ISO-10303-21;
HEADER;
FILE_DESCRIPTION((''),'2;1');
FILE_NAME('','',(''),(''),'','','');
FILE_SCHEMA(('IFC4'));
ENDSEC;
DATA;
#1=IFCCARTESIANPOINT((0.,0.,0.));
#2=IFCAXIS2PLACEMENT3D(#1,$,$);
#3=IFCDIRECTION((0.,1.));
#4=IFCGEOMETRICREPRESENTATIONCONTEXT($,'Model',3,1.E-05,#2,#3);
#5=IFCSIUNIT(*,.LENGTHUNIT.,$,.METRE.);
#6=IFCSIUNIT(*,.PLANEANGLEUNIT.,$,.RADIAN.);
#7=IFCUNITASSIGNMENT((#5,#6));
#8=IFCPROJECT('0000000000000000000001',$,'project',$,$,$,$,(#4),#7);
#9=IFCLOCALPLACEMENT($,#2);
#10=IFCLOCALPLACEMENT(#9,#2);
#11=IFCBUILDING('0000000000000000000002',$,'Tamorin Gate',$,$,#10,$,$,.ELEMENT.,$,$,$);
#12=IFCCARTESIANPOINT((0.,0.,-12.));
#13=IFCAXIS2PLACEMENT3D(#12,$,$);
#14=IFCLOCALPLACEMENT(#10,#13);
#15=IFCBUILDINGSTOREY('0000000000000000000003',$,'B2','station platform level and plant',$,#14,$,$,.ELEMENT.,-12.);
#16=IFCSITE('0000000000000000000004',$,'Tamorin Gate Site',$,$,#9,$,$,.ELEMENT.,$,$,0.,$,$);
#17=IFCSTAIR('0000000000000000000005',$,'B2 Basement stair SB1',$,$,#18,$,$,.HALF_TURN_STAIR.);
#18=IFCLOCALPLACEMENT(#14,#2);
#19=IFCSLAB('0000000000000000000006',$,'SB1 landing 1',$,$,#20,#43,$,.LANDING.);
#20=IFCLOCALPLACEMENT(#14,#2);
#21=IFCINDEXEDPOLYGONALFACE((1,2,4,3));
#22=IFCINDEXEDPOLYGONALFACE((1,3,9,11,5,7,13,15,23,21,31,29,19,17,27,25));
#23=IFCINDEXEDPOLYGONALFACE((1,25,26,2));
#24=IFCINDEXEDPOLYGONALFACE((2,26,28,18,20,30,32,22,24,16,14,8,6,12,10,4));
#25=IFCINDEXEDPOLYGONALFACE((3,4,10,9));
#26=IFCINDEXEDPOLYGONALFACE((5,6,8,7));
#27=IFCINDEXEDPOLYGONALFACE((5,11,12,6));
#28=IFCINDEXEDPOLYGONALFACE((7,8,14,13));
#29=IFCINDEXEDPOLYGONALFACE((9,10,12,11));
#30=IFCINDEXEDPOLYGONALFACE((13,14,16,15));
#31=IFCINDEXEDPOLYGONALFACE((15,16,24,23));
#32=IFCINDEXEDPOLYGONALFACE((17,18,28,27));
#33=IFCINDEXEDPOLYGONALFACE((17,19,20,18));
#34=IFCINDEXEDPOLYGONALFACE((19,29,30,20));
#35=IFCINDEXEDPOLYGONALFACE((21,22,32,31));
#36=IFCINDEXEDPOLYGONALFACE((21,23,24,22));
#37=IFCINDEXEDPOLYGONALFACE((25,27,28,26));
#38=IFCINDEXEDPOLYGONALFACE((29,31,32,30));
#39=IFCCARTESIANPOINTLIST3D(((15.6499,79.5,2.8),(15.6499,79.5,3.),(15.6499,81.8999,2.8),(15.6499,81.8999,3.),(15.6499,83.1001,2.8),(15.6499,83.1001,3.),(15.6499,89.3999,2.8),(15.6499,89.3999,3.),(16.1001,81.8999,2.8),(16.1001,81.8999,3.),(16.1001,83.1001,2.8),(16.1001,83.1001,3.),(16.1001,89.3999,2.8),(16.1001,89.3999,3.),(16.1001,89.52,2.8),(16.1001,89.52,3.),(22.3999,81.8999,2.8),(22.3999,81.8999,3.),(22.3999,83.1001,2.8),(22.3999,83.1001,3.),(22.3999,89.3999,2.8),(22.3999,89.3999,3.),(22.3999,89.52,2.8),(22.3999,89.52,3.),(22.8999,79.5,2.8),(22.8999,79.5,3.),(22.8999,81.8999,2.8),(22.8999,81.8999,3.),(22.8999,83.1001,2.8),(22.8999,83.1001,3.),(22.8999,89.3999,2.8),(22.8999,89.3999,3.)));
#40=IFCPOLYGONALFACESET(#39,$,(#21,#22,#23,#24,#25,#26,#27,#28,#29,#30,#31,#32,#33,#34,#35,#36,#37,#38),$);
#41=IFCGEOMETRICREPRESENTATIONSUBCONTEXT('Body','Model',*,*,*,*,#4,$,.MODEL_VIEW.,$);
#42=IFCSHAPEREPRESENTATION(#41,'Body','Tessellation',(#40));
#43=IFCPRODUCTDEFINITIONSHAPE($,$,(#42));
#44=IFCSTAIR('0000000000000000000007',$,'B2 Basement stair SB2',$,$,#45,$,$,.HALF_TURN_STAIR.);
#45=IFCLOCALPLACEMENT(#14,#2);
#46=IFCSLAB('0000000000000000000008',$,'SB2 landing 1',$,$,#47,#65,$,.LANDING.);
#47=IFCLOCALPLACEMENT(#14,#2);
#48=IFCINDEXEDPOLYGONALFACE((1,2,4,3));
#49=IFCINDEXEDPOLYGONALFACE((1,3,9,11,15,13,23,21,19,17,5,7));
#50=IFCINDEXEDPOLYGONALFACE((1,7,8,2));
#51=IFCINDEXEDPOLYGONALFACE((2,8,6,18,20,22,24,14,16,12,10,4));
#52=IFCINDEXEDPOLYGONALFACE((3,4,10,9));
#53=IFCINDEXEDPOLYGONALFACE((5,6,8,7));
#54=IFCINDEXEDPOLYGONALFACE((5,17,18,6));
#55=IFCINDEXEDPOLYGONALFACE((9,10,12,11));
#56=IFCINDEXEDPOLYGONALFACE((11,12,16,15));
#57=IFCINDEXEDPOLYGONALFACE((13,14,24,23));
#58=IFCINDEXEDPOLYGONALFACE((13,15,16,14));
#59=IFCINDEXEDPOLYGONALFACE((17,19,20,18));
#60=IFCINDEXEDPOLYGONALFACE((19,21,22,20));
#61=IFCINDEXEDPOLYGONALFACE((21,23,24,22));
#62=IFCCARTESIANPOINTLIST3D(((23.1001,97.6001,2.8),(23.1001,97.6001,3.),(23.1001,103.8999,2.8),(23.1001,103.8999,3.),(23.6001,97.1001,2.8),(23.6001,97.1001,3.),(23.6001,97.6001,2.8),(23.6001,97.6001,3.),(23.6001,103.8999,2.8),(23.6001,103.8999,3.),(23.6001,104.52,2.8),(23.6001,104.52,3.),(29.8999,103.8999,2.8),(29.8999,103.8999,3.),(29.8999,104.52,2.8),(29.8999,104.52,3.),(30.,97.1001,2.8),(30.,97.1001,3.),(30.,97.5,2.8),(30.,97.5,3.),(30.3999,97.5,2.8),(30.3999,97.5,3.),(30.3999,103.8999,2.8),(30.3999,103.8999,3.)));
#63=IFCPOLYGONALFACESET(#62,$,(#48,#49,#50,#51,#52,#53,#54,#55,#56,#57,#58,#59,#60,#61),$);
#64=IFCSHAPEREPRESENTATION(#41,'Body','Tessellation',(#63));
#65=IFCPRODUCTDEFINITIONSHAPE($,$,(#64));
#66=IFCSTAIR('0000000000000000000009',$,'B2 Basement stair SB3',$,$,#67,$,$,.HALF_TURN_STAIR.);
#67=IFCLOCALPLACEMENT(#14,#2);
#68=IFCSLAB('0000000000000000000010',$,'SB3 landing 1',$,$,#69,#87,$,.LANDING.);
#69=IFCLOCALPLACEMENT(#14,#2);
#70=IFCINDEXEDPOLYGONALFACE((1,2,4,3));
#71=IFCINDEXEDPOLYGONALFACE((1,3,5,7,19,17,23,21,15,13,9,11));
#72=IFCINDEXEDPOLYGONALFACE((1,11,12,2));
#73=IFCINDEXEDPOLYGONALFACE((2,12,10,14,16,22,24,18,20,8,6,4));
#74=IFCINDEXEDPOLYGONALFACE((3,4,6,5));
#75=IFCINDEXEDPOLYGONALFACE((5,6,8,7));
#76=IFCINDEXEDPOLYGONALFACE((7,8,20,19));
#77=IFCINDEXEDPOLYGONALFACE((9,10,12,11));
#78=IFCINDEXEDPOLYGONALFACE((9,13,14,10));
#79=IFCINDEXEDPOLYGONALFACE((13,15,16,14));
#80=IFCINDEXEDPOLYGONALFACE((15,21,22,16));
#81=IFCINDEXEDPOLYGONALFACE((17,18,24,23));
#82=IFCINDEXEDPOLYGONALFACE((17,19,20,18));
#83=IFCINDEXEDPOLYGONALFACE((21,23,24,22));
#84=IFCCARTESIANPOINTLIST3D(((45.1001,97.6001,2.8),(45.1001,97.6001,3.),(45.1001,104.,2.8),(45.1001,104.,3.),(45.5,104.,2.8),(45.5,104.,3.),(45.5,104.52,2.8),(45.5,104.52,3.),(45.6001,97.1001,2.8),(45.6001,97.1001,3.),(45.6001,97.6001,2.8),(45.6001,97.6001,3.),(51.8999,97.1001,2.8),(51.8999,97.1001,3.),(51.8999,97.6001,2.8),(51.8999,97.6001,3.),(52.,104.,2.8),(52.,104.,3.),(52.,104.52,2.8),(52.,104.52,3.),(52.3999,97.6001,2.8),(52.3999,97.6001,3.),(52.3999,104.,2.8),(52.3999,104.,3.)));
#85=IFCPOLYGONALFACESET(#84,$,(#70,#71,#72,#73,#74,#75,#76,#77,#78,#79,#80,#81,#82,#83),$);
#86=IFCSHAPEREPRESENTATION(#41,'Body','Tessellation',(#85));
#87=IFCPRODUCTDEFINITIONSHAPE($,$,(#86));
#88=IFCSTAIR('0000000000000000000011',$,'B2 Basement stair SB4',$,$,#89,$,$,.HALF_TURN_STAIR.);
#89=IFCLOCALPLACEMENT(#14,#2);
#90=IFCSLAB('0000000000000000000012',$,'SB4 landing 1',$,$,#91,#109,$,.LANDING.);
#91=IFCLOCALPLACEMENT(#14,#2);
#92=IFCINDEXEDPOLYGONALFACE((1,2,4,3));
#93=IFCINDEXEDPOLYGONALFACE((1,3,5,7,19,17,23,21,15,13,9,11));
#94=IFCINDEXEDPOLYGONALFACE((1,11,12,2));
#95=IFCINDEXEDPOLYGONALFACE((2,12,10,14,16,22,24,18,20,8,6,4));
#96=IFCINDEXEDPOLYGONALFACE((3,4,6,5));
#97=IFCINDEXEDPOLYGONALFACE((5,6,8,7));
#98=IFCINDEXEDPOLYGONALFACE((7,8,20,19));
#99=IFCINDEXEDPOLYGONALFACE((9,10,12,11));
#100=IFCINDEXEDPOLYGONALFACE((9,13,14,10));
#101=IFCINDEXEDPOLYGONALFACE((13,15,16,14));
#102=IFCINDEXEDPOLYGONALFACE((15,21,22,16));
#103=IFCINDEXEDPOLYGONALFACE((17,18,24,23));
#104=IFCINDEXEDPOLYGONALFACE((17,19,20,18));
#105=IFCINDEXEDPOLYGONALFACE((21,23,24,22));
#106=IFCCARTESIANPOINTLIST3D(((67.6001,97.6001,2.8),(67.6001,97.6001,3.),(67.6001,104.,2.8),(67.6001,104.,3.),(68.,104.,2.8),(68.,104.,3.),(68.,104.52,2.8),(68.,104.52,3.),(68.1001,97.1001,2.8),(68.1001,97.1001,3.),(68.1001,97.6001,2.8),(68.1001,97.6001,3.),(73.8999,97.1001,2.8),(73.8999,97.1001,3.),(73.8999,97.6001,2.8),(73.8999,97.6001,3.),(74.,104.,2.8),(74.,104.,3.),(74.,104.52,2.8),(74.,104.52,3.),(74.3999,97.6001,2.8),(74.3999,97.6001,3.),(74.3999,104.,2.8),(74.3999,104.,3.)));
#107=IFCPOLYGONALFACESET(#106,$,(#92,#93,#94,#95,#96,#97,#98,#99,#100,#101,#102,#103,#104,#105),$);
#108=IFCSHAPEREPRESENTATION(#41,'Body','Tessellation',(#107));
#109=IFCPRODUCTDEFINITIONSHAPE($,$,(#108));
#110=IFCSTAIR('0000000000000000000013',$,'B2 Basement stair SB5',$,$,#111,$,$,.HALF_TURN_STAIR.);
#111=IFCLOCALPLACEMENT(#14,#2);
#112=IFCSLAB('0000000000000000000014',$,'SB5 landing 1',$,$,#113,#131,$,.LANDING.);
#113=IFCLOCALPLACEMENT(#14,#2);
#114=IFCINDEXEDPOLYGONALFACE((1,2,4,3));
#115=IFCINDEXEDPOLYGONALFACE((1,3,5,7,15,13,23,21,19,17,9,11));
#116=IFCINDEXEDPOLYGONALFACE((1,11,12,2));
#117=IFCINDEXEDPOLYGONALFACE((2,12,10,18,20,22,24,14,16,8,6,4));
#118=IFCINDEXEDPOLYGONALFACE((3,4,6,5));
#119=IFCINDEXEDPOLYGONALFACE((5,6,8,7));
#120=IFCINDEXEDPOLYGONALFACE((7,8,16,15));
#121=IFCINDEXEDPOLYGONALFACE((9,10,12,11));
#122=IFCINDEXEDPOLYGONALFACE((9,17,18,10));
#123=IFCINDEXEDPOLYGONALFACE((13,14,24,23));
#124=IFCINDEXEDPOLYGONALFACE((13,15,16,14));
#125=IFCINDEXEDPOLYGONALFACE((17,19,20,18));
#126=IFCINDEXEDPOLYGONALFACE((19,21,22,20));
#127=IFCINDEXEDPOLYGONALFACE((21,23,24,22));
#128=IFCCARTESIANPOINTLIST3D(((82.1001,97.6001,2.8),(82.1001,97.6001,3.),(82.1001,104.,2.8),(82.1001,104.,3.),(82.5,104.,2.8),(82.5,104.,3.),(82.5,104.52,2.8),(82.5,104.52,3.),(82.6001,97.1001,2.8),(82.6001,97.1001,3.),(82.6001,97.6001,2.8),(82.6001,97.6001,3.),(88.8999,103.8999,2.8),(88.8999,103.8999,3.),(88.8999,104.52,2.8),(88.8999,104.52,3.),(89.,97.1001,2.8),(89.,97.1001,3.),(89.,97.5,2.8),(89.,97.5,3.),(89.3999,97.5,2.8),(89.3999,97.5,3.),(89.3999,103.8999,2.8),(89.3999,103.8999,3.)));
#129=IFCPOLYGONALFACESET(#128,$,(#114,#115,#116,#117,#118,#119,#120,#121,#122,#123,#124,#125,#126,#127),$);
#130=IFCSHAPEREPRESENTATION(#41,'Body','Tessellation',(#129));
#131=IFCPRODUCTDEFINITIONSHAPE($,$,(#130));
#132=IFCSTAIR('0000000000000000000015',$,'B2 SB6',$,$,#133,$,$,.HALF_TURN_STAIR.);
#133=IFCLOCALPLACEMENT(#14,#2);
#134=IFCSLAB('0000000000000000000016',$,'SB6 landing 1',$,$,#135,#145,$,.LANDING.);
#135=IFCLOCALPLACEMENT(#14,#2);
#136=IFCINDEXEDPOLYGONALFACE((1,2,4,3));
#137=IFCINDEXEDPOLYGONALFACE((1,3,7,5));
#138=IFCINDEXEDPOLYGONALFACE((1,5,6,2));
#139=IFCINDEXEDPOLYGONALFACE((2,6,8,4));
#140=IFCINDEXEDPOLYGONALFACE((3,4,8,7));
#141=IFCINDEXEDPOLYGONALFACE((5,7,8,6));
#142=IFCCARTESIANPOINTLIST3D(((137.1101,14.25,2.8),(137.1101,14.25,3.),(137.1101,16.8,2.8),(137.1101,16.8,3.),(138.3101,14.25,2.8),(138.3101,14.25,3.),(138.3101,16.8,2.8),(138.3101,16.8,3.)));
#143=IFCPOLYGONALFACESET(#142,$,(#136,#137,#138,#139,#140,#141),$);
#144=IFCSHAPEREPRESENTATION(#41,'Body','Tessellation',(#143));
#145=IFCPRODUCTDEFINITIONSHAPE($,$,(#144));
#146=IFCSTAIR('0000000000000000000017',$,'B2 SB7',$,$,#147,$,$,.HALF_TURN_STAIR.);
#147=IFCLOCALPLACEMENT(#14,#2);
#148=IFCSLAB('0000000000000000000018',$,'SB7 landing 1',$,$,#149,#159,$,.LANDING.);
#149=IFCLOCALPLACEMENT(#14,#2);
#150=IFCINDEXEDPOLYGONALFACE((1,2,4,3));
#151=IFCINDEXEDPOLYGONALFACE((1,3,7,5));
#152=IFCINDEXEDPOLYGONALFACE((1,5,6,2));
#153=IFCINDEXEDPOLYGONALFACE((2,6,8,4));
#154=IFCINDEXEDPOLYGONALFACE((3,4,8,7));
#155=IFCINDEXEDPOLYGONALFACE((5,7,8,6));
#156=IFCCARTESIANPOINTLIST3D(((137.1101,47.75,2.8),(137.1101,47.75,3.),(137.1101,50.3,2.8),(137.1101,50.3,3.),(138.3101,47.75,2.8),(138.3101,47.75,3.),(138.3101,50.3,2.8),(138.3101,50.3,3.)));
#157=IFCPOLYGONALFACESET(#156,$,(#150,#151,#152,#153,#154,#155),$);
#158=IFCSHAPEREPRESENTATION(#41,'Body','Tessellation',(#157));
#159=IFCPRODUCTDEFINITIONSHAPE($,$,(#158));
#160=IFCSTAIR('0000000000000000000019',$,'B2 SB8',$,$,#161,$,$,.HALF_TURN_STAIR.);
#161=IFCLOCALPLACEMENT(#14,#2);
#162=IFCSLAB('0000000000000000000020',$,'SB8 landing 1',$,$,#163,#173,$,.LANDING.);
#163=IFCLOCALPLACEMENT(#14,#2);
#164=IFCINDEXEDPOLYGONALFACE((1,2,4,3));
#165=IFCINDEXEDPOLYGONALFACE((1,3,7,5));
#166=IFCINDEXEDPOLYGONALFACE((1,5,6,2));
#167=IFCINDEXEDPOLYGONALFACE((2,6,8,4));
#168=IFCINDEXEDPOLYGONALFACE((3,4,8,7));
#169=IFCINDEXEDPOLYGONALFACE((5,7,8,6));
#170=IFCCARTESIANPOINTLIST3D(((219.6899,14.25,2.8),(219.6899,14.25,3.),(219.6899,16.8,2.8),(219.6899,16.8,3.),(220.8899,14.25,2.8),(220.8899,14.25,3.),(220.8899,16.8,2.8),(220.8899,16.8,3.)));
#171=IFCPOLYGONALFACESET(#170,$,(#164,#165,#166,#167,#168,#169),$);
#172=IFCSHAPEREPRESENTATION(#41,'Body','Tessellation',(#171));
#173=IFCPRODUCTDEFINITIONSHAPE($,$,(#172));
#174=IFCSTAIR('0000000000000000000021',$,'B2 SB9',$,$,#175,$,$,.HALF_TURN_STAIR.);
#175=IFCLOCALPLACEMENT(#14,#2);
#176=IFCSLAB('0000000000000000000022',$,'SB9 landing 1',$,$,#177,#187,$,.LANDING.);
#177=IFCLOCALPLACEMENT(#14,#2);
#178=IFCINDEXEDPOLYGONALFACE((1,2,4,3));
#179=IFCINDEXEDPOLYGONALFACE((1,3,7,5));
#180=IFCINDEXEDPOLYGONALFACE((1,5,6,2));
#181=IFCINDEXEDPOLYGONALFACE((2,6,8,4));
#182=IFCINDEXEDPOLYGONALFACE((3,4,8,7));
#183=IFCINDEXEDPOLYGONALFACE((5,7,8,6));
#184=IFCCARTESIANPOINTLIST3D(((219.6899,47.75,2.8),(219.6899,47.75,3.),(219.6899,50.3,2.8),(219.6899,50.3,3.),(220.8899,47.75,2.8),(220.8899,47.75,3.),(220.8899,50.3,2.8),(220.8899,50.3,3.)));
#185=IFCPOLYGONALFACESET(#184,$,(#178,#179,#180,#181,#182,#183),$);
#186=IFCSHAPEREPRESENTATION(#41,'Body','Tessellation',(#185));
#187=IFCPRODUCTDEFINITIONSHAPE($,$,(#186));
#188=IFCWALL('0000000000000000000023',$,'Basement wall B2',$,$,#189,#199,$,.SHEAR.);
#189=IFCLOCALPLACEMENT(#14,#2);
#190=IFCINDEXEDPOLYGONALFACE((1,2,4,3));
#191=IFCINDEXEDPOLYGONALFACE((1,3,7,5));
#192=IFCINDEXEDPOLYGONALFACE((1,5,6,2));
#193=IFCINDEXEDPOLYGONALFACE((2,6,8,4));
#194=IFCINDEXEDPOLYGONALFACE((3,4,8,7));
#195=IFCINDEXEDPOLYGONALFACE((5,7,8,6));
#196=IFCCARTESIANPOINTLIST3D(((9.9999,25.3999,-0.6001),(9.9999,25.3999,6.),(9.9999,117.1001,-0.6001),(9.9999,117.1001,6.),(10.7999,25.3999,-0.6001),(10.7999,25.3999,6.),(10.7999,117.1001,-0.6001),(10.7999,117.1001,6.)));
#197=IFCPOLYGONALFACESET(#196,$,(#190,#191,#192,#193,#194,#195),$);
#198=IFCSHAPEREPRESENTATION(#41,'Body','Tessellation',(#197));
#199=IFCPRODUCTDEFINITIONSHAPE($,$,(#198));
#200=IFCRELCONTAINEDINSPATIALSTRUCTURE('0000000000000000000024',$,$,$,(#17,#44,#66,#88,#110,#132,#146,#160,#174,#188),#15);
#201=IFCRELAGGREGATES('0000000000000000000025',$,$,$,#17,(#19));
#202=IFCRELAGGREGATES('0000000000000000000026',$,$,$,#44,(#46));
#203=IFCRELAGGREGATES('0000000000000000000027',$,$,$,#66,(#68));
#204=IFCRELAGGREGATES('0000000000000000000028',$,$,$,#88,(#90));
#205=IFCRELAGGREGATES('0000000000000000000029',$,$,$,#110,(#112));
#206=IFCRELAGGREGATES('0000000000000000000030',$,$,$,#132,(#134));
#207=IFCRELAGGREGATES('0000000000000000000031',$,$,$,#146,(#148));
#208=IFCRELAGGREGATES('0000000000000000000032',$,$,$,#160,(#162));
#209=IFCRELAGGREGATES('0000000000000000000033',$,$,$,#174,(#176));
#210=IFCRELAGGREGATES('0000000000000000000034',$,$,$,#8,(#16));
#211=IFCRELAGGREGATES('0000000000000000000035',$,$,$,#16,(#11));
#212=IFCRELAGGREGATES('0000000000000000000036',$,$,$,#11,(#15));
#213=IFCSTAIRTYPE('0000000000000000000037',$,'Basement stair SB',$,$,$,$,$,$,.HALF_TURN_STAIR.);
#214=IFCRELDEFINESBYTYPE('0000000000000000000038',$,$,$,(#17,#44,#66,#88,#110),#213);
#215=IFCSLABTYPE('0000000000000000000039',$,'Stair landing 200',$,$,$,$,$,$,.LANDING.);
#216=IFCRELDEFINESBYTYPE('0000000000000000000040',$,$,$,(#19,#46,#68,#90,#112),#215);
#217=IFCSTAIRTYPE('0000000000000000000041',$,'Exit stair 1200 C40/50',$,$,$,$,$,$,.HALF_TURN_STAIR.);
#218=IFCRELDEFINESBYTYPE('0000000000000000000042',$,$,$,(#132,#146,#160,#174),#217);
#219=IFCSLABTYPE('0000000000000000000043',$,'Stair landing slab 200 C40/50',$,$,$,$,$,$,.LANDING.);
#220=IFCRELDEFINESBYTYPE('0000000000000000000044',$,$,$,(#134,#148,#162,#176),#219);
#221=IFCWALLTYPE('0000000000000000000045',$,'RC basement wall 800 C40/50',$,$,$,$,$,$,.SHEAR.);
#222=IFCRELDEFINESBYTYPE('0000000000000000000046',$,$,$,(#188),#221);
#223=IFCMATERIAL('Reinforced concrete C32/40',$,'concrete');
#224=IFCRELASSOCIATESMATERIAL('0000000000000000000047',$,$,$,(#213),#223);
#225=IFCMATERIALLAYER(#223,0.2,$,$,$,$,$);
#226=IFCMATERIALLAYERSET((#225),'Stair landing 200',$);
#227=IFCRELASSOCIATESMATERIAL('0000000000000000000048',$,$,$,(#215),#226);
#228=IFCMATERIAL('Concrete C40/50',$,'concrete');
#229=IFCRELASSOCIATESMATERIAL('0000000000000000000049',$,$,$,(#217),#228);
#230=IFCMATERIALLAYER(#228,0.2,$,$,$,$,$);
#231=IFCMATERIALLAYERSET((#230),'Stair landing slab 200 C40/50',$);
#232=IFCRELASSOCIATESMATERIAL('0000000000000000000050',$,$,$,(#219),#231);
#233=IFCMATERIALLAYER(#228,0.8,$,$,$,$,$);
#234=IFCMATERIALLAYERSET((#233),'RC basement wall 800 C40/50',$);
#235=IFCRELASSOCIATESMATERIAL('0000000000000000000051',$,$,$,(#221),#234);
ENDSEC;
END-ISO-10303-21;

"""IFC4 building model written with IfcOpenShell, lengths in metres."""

from ifc_helpers import new_model, si_unit, direction, frame, frame_2d, origin, place, context, subcontext, project, spatial, polyline, rectangle, outline, extrude, material, layer, layer_set, type_object, element, aggregate, save


model = new_model("IFC4")

# Units and contexts
model_context = context("Model", 3, precision=1e-05, world=origin(), true_north=direction((0.0, 1.0)))
body_context = subcontext(model_context, "Body", "Model", "MODEL_VIEW")
ifc_project = project(units=[si_unit("LENGTHUNIT", "METRE"), si_unit("PLANEANGLEUNIT", "RADIAN")], contexts=[model_context])

# Site, building, storey
site_placement = place(None, origin())
site = spatial("IfcSite", under=ifc_project, at=site_placement, Name="Tamorin Gate Site", CompositionType="ELEMENT", RefElevation=0.0)
building_placement = place(site_placement, origin())
building = spatial("IfcBuilding", under=site, at=building_placement, Name="Tamorin Gate", CompositionType="ELEMENT")
storey_placement = place(building_placement, frame((0.0, 0.0, -12.0)))
storey = spatial("IfcBuildingStorey", under=building, at=storey_placement, Name="B2", Description="station platform level and plant", CompositionType="ELEMENT", Elevation=-12.0)

# Shared definitions
ifc_material_1 = material(Name="Concrete C40/50", Category="concrete")

# Stairs, slabs
ifc_material_2 = material(Name="Reinforced concrete C32/40", Category="concrete")
stair_type_1 = type_object("IfcStairType", Name="Basement stair SB", PredefinedType="HALF_TURN_STAIR", material=ifc_material_2)
stair_1_placement = place(storey_placement, origin())
stair_1 = element("IfcStair", 1, at=stair_1_placement, inside=storey, type_object=stair_type_1, Name="B2 Basement stair SB1", PredefinedType="HALF_TURN_STAIR")
ifc_layer_1 = layer(ifc_material_2, 0.2)
ifc_layer_set_1 = layer_set([ifc_layer_1], Name="Stair landing 200")
slab_type_1 = type_object("IfcSlabType", Name="Stair landing 200", PredefinedType="LANDING", material=ifc_layer_set_1)
slab_1_placement = place(storey_placement, frame((0.0, 0.0, 2.8)))
slab_1 = element("IfcSlab", 2, at=slab_1_placement, type_object=slab_type_1, Name="SB1 landing 1", PredefinedType="LANDING", context=body_context, shape_type="SweptSolid", body=[
    extrude(outline(polyline([(22.3999, 83.1001), (22.3999, 81.8999), (22.8999, 81.8999), (22.8999, 79.5), (15.6499, 79.5), (15.6499, 81.8999), (16.1001, 81.8999), (16.1001, 83.1001), (15.6499, 83.1001), (15.6499, 89.3999), (16.1001, 89.3999), (16.1001, 89.52), (22.3999, 89.52), (22.3999, 89.3999), (22.8999, 89.3999), (22.8999, 83.1001), (22.3999, 83.1001)])), origin(), (0.0, 0.0, 1.0), 0.2),
])
aggregate(stair_1, [slab_1])
stair_2_placement = place(storey_placement, origin())
stair_2 = element("IfcStair", 3, at=stair_2_placement, inside=storey, type_object=stair_type_1, Name="B2 Basement stair SB2", PredefinedType="HALF_TURN_STAIR")
slab_2_placement = place(storey_placement, frame((0.0, 0.0, 2.8)))
slab_2 = element("IfcSlab", 4, at=slab_2_placement, type_object=slab_type_1, Name="SB2 landing 1", PredefinedType="LANDING", context=body_context, shape_type="SweptSolid", body=[
    extrude(outline(polyline([(30.3999, 97.5), (30.0, 97.5), (30.0, 97.1001), (23.6001, 97.1001), (23.6001, 97.6001), (23.1001, 97.6001), (23.1001, 103.8999), (23.6001, 103.8999), (23.6001, 104.52), (29.8999, 104.52), (29.8999, 103.8999), (30.3999, 103.8999), (30.3999, 97.5)])), origin(), (0.0, 0.0, 1.0), 0.2),
])
aggregate(stair_2, [slab_2])
stair_3_placement = place(storey_placement, origin())
stair_3 = element("IfcStair", 5, at=stair_3_placement, inside=storey, type_object=stair_type_1, Name="B2 Basement stair SB3", PredefinedType="HALF_TURN_STAIR")
slab_3_placement = place(storey_placement, frame((0.0, 0.0, 2.8)))
slab_3 = element("IfcSlab", 6, at=slab_3_placement, type_object=slab_type_1, Name="SB3 landing 1", PredefinedType="LANDING", context=body_context, shape_type="SweptSolid", body=[
    extrude(outline(polyline([(51.8999, 97.6001), (51.8999, 97.1001), (45.6001, 97.1001), (45.6001, 97.6001), (45.1001, 97.6001), (45.1001, 104.0), (45.5, 104.0), (45.5, 104.52), (52.0, 104.52), (52.0, 104.0), (52.3999, 104.0), (52.3999, 97.6001), (51.8999, 97.6001)])), origin(), (0.0, 0.0, 1.0), 0.2),
])
aggregate(stair_3, [slab_3])
stair_4_placement = place(storey_placement, origin())
stair_4 = element("IfcStair", 7, at=stair_4_placement, inside=storey, type_object=stair_type_1, Name="B2 Basement stair SB4", PredefinedType="HALF_TURN_STAIR")
slab_4_placement = place(storey_placement, frame((0.0, 0.0, 2.8)))
slab_4 = element("IfcSlab", 8, at=slab_4_placement, type_object=slab_type_1, Name="SB4 landing 1", PredefinedType="LANDING", context=body_context, shape_type="SweptSolid", body=[
    extrude(outline(polyline([(73.8999, 97.6001), (73.8999, 97.1001), (68.1001, 97.1001), (68.1001, 97.6001), (67.6001, 97.6001), (67.6001, 104.0), (68.0, 104.0), (68.0, 104.52), (74.0, 104.52), (74.0, 104.0), (74.3999, 104.0), (74.3999, 97.6001), (73.8999, 97.6001)])), origin(), (0.0, 0.0, 1.0), 0.2),
])
aggregate(stair_4, [slab_4])
stair_5_placement = place(storey_placement, origin())
stair_5 = element("IfcStair", 9, at=stair_5_placement, inside=storey, type_object=stair_type_1, Name="B2 Basement stair SB5", PredefinedType="HALF_TURN_STAIR")
slab_5_placement = place(storey_placement, frame((0.0, 0.0, 2.8)))
slab_5 = element("IfcSlab", 10, at=slab_5_placement, type_object=slab_type_1, Name="SB5 landing 1", PredefinedType="LANDING", context=body_context, shape_type="SweptSolid", body=[
    extrude(outline(polyline([(89.0, 97.1001), (82.6001, 97.1001), (82.6001, 97.6001), (82.1001, 97.6001), (82.1001, 104.0), (82.5, 104.0), (82.5, 104.52), (88.8999, 104.52), (88.8999, 103.8999), (89.3999, 103.8999), (89.3999, 97.5), (89.0, 97.5), (89.0, 97.1001)])), origin(), (0.0, 0.0, 1.0), 0.2),
])
aggregate(stair_5, [slab_5])
stair_type_2 = type_object("IfcStairType", Name="Exit stair 1200 C40/50", PredefinedType="HALF_TURN_STAIR", material=ifc_material_1)
stair_6_placement = place(storey_placement, origin())
stair_6 = element("IfcStair", 11, at=stair_6_placement, inside=storey, type_object=stair_type_2, Name="B2 SB6", PredefinedType="HALF_TURN_STAIR")
ifc_layer_2 = layer(ifc_material_1, 0.2)
ifc_layer_set_2 = layer_set([ifc_layer_2], Name="Stair landing slab 200 C40/50")
slab_type_2 = type_object("IfcSlabType", Name="Stair landing slab 200 C40/50", PredefinedType="LANDING", material=ifc_layer_set_2)
slab_6_placement = place(storey_placement, frame((0.0, 0.0, 2.8)))
slab_6 = element("IfcSlab", 12, at=slab_6_placement, type_object=slab_type_2, Name="SB6 landing 1", PredefinedType="LANDING", context=body_context, shape_type="SweptSolid", body=[
    extrude(outline(polyline([(137.1101, 14.25), (138.3101, 14.25), (138.3101, 16.8), (137.1101, 16.8), (137.1101, 14.25)])), origin(), (0.0, 0.0, 1.0), 0.2),
])
aggregate(stair_6, [slab_6])
stair_7_placement = place(storey_placement, origin())
stair_7 = element("IfcStair", 13, at=stair_7_placement, inside=storey, type_object=stair_type_2, Name="B2 SB7", PredefinedType="HALF_TURN_STAIR")
slab_7_placement = place(storey_placement, frame((0.0, 0.0, 2.8)))
slab_7 = element("IfcSlab", 14, at=slab_7_placement, type_object=slab_type_2, Name="SB7 landing 1", PredefinedType="LANDING", context=body_context, shape_type="SweptSolid", body=[
    extrude(outline(polyline([(137.1101, 47.75), (138.3101, 47.75), (138.3101, 50.3), (137.1101, 50.3), (137.1101, 47.75)])), origin(), (0.0, 0.0, 1.0), 0.2),
])
aggregate(stair_7, [slab_7])
stair_8_placement = place(storey_placement, origin())
stair_8 = element("IfcStair", 15, at=stair_8_placement, inside=storey, type_object=stair_type_2, Name="B2 SB8", PredefinedType="HALF_TURN_STAIR")
slab_8_placement = place(storey_placement, frame((0.0, 0.0, 2.8)))
slab_8 = element("IfcSlab", 16, at=slab_8_placement, type_object=slab_type_2, Name="SB8 landing 1", PredefinedType="LANDING", context=body_context, shape_type="SweptSolid", body=[
    extrude(outline(polyline([(220.8899, 16.8), (219.6899, 16.8), (219.6899, 14.25), (220.8899, 14.25), (220.8899, 16.8)])), origin(), (0.0, 0.0, 1.0), 0.2),
])
aggregate(stair_8, [slab_8])
stair_9_placement = place(storey_placement, origin())
stair_9 = element("IfcStair", 17, at=stair_9_placement, inside=storey, type_object=stair_type_2, Name="B2 SB9", PredefinedType="HALF_TURN_STAIR")
slab_9_placement = place(storey_placement, frame((0.0, 0.0, 2.8)))
slab_9 = element("IfcSlab", 18, at=slab_9_placement, type_object=slab_type_2, Name="SB9 landing 1", PredefinedType="LANDING", context=body_context, shape_type="SweptSolid", body=[
    extrude(outline(polyline([(220.8899, 50.3), (219.6899, 50.3), (219.6899, 47.75), (220.8899, 47.75), (220.8899, 50.3)])), origin(), (0.0, 0.0, 1.0), 0.2),
])
aggregate(stair_9, [slab_9])

# Wall
ifc_layer_3 = layer(ifc_material_1, 0.8)
ifc_layer_set_3 = layer_set([ifc_layer_3], Name="RC basement wall 800 C40/50")
wall_type = type_object("IfcWallType", Name="RC basement wall 800 C40/50", PredefinedType="SHEAR", material=ifc_layer_set_3)
wall_placement = place(storey_placement, frame((10.3999, 25.3999, -0.6001), z_axis=(0.0, 0.0, 1.0), x_axis=(0.0, 1.0, 0.0)))
element("IfcWall", 19, at=wall_placement, inside=storey, type_object=wall_type, Name="Basement wall B2", PredefinedType="SHEAR", context=body_context, shape_type="SweptSolid", body=[
    extrude(rectangle(XDim=91.7002, YDim=0.8, at=frame_2d((45.8501, 0.0))), origin(), (0.0, 0.0, 1.0), 6.6001),
])

save(model, "model.ifc")
